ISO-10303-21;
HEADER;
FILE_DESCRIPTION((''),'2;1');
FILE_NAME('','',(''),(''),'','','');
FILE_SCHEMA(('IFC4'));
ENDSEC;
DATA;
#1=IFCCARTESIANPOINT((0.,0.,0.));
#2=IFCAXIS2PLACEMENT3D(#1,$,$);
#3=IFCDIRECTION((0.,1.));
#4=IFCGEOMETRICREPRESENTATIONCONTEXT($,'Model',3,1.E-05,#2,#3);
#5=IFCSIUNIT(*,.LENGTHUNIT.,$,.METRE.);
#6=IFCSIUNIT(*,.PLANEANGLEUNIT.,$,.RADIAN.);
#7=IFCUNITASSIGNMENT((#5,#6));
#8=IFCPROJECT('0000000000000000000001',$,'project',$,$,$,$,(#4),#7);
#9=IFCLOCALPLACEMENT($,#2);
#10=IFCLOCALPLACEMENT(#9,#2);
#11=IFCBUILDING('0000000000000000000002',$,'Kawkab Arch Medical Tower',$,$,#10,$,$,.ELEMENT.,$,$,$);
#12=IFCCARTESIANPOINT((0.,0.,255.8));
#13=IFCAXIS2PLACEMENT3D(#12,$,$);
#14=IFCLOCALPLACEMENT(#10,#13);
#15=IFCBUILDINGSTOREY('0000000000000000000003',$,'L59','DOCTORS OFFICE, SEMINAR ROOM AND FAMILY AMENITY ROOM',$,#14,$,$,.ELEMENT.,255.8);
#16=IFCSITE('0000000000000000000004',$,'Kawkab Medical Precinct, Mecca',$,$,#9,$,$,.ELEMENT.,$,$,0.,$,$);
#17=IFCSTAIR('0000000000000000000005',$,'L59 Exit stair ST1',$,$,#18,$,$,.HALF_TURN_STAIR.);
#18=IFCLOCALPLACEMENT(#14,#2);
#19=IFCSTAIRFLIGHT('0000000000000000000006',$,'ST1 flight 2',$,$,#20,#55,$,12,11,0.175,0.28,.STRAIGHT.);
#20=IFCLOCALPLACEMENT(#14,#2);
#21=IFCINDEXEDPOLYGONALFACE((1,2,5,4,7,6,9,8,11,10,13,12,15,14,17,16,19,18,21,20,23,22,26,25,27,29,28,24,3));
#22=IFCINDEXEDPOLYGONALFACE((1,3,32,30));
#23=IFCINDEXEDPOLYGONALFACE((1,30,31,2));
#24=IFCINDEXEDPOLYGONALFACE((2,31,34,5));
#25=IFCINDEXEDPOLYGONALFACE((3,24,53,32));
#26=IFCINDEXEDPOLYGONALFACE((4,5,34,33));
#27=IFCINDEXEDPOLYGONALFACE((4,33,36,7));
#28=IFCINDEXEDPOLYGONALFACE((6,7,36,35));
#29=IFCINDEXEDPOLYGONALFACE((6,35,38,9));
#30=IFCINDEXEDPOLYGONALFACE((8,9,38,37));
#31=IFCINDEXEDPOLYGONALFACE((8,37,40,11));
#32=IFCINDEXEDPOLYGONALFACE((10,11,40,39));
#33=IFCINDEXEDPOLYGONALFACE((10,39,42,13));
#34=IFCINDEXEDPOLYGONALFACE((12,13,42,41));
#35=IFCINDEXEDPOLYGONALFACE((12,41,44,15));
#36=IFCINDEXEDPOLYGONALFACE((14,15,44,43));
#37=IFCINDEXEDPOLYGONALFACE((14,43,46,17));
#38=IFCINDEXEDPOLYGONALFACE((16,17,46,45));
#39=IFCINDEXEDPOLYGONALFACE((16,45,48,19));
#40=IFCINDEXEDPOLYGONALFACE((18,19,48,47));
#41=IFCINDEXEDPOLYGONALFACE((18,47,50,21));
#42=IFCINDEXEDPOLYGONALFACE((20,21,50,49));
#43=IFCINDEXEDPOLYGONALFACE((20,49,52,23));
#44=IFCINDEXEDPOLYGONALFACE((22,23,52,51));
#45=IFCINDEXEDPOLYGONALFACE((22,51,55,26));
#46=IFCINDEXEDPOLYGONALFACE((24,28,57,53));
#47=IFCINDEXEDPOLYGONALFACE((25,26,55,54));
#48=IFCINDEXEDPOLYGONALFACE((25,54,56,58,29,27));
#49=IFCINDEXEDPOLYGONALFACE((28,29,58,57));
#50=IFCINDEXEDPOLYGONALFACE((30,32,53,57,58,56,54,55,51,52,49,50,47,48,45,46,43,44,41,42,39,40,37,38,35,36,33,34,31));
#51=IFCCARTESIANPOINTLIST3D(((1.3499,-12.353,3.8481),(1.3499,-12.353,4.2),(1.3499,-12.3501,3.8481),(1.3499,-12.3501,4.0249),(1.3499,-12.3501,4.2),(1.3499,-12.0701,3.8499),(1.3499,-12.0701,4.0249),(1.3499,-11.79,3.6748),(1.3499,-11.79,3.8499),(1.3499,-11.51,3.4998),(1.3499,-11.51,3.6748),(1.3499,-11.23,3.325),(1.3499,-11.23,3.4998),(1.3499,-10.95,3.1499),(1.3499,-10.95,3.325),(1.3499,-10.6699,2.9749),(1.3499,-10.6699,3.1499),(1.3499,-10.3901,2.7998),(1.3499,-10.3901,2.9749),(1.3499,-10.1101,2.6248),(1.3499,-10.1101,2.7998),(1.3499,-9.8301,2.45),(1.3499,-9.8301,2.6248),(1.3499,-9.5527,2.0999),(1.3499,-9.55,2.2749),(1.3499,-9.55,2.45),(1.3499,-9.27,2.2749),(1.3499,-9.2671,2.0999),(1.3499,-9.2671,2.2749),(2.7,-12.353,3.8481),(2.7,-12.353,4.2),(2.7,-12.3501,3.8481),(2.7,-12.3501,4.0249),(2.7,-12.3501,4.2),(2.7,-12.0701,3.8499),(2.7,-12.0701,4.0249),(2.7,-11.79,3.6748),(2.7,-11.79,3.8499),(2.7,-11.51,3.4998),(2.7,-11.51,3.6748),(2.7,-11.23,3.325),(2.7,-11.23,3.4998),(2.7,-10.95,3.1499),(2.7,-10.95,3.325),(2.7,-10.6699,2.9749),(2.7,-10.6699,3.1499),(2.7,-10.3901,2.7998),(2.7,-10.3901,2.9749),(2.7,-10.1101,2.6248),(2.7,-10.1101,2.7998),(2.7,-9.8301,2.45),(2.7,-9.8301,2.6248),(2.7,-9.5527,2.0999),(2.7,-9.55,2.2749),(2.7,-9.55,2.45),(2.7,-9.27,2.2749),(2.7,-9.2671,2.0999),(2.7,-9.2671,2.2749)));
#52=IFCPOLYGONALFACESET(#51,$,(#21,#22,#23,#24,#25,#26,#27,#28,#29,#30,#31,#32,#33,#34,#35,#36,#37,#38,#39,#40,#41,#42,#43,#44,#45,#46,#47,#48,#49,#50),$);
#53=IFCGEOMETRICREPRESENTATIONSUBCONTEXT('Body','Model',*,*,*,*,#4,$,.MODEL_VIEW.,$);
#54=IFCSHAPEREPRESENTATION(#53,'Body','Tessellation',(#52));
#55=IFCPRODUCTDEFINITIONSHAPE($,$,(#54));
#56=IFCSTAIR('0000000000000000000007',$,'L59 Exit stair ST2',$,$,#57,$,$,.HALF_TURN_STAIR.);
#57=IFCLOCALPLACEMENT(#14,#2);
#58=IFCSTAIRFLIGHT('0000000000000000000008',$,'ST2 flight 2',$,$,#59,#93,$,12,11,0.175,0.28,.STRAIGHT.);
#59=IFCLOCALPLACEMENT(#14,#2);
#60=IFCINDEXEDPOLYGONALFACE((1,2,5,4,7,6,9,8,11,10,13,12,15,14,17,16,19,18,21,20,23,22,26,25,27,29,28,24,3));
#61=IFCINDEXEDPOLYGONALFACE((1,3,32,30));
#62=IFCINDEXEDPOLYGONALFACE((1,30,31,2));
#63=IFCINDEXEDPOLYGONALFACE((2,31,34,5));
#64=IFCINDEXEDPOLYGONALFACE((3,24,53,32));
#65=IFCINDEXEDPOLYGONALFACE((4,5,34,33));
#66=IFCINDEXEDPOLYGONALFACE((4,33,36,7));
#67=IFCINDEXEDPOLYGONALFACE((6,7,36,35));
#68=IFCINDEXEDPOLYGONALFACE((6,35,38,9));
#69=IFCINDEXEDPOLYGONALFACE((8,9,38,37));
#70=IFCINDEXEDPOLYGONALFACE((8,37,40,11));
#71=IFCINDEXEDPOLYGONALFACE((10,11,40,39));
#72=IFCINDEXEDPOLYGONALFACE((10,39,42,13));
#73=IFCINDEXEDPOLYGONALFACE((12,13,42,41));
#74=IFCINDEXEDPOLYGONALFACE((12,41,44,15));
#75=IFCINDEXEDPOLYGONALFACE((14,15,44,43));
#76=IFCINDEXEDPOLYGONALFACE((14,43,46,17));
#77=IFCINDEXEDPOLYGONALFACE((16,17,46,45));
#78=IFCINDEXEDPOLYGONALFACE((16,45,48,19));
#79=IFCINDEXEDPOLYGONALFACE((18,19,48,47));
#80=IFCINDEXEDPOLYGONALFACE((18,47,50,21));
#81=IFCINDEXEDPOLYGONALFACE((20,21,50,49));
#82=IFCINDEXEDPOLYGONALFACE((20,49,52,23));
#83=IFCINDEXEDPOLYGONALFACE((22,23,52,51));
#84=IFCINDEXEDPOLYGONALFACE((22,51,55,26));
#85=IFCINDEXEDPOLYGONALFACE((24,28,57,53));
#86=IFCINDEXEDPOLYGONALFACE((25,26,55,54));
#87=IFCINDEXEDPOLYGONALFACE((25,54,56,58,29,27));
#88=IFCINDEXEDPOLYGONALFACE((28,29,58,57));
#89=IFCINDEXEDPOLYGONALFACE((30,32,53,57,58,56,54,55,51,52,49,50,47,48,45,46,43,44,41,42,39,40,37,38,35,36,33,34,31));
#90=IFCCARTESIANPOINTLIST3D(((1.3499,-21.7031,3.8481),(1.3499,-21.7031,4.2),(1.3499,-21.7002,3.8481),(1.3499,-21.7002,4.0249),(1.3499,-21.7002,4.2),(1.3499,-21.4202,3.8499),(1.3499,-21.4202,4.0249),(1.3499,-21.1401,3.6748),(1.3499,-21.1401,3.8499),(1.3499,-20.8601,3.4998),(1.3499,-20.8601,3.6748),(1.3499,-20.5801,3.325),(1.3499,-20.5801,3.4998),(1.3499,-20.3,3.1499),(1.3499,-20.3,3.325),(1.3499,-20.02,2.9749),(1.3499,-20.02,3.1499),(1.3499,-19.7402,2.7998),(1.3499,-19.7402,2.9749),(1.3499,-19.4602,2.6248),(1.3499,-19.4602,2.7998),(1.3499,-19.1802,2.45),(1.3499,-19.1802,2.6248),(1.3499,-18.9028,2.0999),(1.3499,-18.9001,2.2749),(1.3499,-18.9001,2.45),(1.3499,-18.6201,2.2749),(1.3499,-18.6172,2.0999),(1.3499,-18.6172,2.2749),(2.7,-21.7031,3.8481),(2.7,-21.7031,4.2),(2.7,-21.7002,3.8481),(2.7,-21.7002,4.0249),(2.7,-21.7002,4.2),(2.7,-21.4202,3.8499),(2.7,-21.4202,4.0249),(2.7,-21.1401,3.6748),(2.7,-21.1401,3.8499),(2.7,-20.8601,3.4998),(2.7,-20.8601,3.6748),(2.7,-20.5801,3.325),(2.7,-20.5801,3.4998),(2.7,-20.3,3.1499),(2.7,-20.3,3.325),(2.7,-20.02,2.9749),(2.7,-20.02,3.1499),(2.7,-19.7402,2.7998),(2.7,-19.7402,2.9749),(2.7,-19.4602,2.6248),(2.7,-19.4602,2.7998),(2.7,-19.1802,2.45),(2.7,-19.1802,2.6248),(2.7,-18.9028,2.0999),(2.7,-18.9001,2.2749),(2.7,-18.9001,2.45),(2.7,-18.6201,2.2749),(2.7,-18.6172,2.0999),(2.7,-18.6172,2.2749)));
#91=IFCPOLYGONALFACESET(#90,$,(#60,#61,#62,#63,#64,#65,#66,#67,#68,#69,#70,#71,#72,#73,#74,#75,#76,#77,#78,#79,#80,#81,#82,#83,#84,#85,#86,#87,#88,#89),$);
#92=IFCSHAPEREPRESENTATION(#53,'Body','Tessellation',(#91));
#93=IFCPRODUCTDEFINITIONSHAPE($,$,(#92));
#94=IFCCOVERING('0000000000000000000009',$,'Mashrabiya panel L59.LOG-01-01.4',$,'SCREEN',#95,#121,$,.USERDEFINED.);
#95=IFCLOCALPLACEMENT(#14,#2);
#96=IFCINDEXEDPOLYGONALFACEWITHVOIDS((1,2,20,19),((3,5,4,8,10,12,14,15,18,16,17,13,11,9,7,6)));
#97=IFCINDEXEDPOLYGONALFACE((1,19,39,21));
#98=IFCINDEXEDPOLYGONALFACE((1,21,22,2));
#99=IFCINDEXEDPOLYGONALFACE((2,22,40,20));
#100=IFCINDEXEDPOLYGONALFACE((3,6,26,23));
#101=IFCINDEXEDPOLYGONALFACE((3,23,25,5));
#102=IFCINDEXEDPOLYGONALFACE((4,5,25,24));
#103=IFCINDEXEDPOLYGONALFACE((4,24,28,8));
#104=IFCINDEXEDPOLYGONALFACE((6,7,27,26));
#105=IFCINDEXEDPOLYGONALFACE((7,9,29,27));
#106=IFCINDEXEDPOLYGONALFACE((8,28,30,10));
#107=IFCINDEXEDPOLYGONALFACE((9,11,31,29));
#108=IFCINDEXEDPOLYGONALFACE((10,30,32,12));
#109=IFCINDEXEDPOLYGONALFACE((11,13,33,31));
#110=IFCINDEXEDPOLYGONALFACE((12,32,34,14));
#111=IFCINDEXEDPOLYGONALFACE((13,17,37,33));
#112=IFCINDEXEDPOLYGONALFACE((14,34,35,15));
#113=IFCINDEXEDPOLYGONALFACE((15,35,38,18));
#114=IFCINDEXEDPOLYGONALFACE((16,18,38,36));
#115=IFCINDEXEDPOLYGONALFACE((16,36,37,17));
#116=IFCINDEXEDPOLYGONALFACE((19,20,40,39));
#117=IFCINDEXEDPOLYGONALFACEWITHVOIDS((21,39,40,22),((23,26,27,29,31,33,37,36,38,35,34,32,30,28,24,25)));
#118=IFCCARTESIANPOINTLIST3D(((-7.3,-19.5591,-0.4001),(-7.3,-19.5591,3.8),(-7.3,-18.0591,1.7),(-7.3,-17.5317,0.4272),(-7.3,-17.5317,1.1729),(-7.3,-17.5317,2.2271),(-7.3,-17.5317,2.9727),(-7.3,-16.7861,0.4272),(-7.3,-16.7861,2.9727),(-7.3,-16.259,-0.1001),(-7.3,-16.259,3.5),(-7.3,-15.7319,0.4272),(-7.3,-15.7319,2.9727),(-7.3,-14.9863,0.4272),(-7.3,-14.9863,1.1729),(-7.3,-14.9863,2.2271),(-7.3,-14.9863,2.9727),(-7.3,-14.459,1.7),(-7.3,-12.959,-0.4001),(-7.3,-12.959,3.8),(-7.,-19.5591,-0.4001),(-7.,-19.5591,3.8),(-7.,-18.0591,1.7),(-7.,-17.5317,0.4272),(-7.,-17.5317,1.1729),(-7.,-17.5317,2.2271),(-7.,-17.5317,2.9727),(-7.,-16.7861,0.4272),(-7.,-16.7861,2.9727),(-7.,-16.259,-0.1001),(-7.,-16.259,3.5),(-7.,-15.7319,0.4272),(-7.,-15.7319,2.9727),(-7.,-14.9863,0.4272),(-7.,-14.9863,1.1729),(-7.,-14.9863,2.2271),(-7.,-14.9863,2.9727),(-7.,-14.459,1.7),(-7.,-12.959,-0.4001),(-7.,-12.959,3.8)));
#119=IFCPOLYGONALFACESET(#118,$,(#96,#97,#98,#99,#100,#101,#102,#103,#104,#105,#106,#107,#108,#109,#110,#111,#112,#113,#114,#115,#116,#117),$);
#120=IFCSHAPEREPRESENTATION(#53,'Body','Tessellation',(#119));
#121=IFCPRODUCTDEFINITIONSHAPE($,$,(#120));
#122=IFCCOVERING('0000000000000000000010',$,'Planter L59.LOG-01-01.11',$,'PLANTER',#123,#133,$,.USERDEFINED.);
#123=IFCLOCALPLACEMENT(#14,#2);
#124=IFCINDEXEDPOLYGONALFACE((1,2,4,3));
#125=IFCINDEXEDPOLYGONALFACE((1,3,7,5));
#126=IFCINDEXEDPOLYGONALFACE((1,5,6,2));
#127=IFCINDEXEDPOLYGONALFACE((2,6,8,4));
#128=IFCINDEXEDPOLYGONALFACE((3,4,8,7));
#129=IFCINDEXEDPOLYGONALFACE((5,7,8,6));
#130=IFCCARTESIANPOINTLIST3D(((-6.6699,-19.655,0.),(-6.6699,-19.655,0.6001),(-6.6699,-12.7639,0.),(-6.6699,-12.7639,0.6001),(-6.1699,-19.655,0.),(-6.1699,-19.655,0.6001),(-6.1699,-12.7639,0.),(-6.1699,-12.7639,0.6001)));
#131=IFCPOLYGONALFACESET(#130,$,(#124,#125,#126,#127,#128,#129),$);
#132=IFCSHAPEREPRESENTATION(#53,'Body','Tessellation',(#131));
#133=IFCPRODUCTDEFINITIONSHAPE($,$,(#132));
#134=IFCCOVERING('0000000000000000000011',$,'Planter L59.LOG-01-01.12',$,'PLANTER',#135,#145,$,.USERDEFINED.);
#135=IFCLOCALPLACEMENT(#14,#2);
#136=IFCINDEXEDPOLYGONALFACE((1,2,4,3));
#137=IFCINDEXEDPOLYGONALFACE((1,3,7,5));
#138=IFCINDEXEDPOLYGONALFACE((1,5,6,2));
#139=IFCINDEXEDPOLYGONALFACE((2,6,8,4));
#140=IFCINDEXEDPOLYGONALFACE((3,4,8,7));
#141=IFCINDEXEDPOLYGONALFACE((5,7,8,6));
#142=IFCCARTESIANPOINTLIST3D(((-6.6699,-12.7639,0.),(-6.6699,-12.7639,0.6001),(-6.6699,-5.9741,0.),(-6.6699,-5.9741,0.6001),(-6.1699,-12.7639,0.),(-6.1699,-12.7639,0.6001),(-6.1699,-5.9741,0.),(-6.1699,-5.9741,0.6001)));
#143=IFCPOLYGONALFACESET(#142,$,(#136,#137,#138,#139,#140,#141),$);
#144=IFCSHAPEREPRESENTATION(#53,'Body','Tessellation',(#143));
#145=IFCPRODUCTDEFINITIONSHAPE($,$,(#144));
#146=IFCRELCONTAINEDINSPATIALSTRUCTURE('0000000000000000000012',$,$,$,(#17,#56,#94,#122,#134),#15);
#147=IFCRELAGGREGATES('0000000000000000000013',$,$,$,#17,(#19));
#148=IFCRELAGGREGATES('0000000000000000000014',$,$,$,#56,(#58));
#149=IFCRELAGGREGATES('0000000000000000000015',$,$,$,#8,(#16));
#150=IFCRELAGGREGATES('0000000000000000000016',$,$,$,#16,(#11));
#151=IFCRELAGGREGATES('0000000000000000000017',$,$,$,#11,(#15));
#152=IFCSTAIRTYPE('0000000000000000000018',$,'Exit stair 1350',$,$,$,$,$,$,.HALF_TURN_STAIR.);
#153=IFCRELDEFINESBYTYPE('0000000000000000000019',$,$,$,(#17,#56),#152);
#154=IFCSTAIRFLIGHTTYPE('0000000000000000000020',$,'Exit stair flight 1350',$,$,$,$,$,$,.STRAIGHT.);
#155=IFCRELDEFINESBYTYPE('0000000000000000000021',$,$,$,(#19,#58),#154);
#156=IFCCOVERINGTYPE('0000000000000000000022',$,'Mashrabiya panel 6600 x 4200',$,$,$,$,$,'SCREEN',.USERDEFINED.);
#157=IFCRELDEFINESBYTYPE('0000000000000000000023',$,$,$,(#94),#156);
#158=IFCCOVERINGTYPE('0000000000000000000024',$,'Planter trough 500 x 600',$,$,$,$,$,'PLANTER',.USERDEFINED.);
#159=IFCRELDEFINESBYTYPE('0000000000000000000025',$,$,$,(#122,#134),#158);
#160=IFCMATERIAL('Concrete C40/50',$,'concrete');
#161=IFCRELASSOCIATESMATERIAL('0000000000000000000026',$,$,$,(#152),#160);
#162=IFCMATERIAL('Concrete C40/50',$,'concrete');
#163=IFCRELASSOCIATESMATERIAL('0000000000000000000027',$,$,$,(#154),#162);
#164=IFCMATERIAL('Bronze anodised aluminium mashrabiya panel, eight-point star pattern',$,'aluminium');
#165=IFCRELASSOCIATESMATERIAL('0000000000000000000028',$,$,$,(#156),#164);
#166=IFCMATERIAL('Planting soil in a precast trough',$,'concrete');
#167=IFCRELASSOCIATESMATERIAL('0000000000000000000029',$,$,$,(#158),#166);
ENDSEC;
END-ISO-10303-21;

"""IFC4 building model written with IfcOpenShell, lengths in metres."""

from ifc_helpers import new_model, si_unit, direction, frame, origin, origin_2d, place, context, subcontext, project, spatial, polyline, rectangle, outline, extrude, material, material_profile, profile_set, type_object, element, aggregate, save


model = new_model("IFC4")

# Units and contexts
model_context = context("Model", 3, precision=1e-05, world=origin(), true_north=direction((0.0, 1.0)))
body_context = subcontext(model_context, "Body", "Model", "MODEL_VIEW")
ifc_project = project(units=[si_unit("LENGTHUNIT", "METRE"), si_unit("PLANEANGLEUNIT", "RADIAN")], contexts=[model_context])

# Site, building, storey
site_placement = place(None, origin())
site = spatial("IfcSite", under=ifc_project, at=site_placement, Name="Kawkab Medical Precinct, Mecca", CompositionType="ELEMENT", RefElevation=0.0)
building_placement = place(site_placement, origin())
building = spatial("IfcBuilding", under=site, at=building_placement, Name="Kawkab Arch Medical Tower", CompositionType="ELEMENT")
storey_placement = place(building_placement, frame((0.0, 0.0, 255.8)))
storey = spatial("IfcBuildingStorey", under=building, at=storey_placement, Name="L59", Description="DOCTORS OFFICE, SEMINAR ROOM AND FAMILY AMENITY ROOM", CompositionType="ELEMENT", Elevation=255.8)

# Shared definitions
placement = place(storey_placement, origin())

# Stairs, stair flights
ifc_material_1 = material(Name="Concrete C40/50", Category="concrete")
stair_type = type_object("IfcStairType", Name="Exit stair 1350", PredefinedType="HALF_TURN_STAIR", material=ifc_material_1)
stair_1 = element("IfcStair", 1, at=placement, inside=storey, type_object=stair_type, Name="L59 Exit stair ST1", PredefinedType="HALF_TURN_STAIR")
ifc_material_2 = material(Name="Concrete C40/50", Category="concrete")
stair_flight_type = type_object("IfcStairFlightType", Name="Exit stair flight 1350", PredefinedType="STRAIGHT", material=ifc_material_2)
stair_flight_1_placement = place(storey_placement, frame((2.0249, -9.27, 2.0999), z_axis=(0.0, 0.0, 1.0), x_axis=(0.0, -1.0, 0.0)))
stair_flight_1 = element("IfcStairFlight", 2, at=stair_flight_1_placement, type_object=stair_flight_type, Name="ST1 flight 2", NumberOfRisers=12, NumberOfTreads=11, PredefinedType="STRAIGHT", RiserHeight=0.175, TreadLength=0.28, context=body_context, shape_type="SweptSolid", body=[
    extrude(outline(polyline([(-0.0029, 0.0), (-0.0029, 0.175), (0.0, 0.175), (0.28, 0.175), (0.28, 0.3501), (0.5601, 0.3501), (0.5601, 0.5249), (0.8401, 0.5249), (0.8401, 0.7), (1.1201, 0.7), (1.1201, 0.875), (1.3999, 0.875), (1.3999, 1.05), (1.6799, 1.05), (1.6799, 1.2251), (1.96, 1.2251), (1.96, 1.3999), (2.24, 1.3999), (2.24, 1.575), (2.52, 1.575), (2.52, 1.75), (2.8, 1.75), (2.8, 1.925), (3.0801, 1.925), (3.0801, 2.1001), (3.083, 2.1001), (3.083, 1.7483), (3.0801, 1.7483), (0.2827, 0.0), (-0.0029, 0.0)])), frame((0.0, 0.675, 0.0), z_axis=(0.0, -1.0, 0.0), x_axis=(1.0, 0.0, 0.0)), (0.0, 0.0, 1.0), 1.3501),
])
aggregate(stair_1, [stair_flight_1])
stair_2 = element("IfcStair", 3, at=placement, inside=storey, type_object=stair_type, Name="L59 Exit stair ST2", PredefinedType="HALF_TURN_STAIR")
stair_flight_2_placement = place(storey_placement, frame((2.0249, -18.6201, 2.0999), z_axis=(0.0, 0.0, 1.0), x_axis=(0.0, -1.0, 0.0)))
stair_flight_2 = element("IfcStairFlight", 4, at=stair_flight_2_placement, type_object=stair_flight_type, Name="ST2 flight 2", NumberOfRisers=12, NumberOfTreads=11, PredefinedType="STRAIGHT", RiserHeight=0.175, TreadLength=0.28, context=body_context, shape_type="SweptSolid", body=[
    extrude(outline(polyline([(-0.0029, 0.0), (-0.0029, 0.175), (0.0, 0.175), (0.28, 0.175), (0.28, 0.3501), (0.5601, 0.3501), (0.5601, 0.5249), (0.8401, 0.5249), (0.8401, 0.7), (1.1201, 0.7), (1.1201, 0.875), (1.3999, 0.875), (1.3999, 1.05), (1.6799, 1.05), (1.6799, 1.2251), (1.96, 1.2251), (1.96, 1.3999), (2.24, 1.3999), (2.24, 1.575), (2.52, 1.575), (2.52, 1.75), (2.8, 1.75), (2.8, 1.925), (3.0801, 1.925), (3.0801, 2.1001), (3.083, 2.1001), (3.083, 1.7483), (3.0801, 1.7483), (0.2827, 0.0), (-0.0029, 0.0)])), frame((0.0, 0.675, 0.0), z_axis=(0.0, -1.0, 0.0), x_axis=(1.0, 0.0, 0.0)), (0.0, 0.0, 1.0), 1.3501),
])
aggregate(stair_2, [stair_flight_2])

# Coverings
ifc_material_3 = material(Name="Bronze anodised aluminium mashrabiya panel, eight-point star pattern", Category="aluminium")
ifc_material_profile_1 = material_profile(ifc_material_3, outline(polyline([(-3.3, -2.1001), (3.3, -2.1001), (3.3, 2.1001), (-3.3, 2.1001), (-3.3, -2.1001)]), holes=[polyline([(1.8, 0.0), (1.2727, 0.5271), (1.2727, 1.2727), (0.5271, 1.2727), (0.0, 1.8), (-0.5271, 1.2727), (-1.2727, 1.2727), (-1.2727, 0.5271), (-1.8, 0.0), (-1.2727, -0.5271), (-1.2727, -1.2727), (-0.5271, -1.2727), (0.0, -1.8), (0.5271, -1.2727), (1.2727, -1.2727), (1.2727, -0.5271), (1.8, 0.0)])]), Name="Mashrabiya panel 6600x4200")
ifc_profile_set_1 = profile_set([ifc_material_profile_1], Name="Bronze anodised aluminium mashrabiya panel, eight-point star pattern")
covering_type_1 = type_object("IfcCoveringType", Name="Mashrabiya panel 6600 x 4200", ElementType="SCREEN", PredefinedType="USERDEFINED", material=ifc_profile_set_1)
covering_1_placement = place(storey_placement, frame((-7.0, -16.259, 1.7), z_axis=(-1.0, 0.0, 0.0), x_axis=(0.0, -1.0, 0.0)))
element("IfcCovering", 5, at=covering_1_placement, inside=storey, type_object=covering_type_1, Name="Mashrabiya panel L59.LOG-01-01.4", ObjectType="SCREEN", PredefinedType="USERDEFINED", context=body_context, shape_type="SweptSolid", body=[
    extrude(outline(polyline([(-3.3, -2.1001), (3.3, -2.1001), (3.3, 2.1001), (-3.3, 2.1001), (-3.3, -2.1001)]), holes=[polyline([(1.8, 0.0), (1.2727, 0.5271), (1.2727, 1.2727), (0.5271, 1.2727), (0.0, 1.8), (-0.5271, 1.2727), (-1.2727, 1.2727), (-1.2727, 0.5271), (-1.8, 0.0), (-1.2727, -0.5271), (-1.2727, -1.2727), (-0.5271, -1.2727), (0.0, -1.8), (0.5271, -1.2727), (1.2727, -1.2727), (1.2727, -0.5271), (1.8, 0.0)])]), origin(), (0.0, 0.0, 1.0), 0.3),
])
ifc_material_4 = material(Name="Planting soil in a precast trough", Category="concrete")
ifc_material_profile_2 = material_profile(ifc_material_4, rectangle(XDim=0.5, YDim=0.6001, at=origin_2d()), Name="Trough 500x600")
ifc_profile_set_2 = profile_set([ifc_material_profile_2], Name="Planting soil in a precast trough")
covering_type_2 = type_object("IfcCoveringType", Name="Planter trough 500 x 600", ElementType="PLANTER", PredefinedType="USERDEFINED", material=ifc_profile_set_2)
covering_2_placement = place(storey_placement, frame((-6.4199, -19.655, 0.3), z_axis=(0.0, 1.0, 0.0), x_axis=(-1.0, 0.0, 0.0)))
element("IfcCovering", 6, at=covering_2_placement, inside=storey, type_object=covering_type_2, Name="Planter L59.LOG-01-01.11", ObjectType="PLANTER", PredefinedType="USERDEFINED", context=body_context, shape_type="SweptSolid", body=[
    extrude(rectangle(XDim=0.5, YDim=0.6001, at=origin_2d()), origin(), (0.0, 0.0, 1.0), 6.8911),
])
covering_3_placement = place(storey_placement, frame((-6.4199, -12.7639, 0.3), z_axis=(0.0, 1.0, 0.0), x_axis=(-1.0, 0.0, 0.0)))
element("IfcCovering", 7, at=covering_3_placement, inside=storey, type_object=covering_type_2, Name="Planter L59.LOG-01-01.12", ObjectType="PLANTER", PredefinedType="USERDEFINED", context=body_context, shape_type="SweptSolid", body=[
    extrude(rectangle(XDim=0.5, YDim=0.6001, at=origin_2d()), origin(), (0.0, 0.0, 1.0), 6.7898),
])

save(model, "model.ifc")
